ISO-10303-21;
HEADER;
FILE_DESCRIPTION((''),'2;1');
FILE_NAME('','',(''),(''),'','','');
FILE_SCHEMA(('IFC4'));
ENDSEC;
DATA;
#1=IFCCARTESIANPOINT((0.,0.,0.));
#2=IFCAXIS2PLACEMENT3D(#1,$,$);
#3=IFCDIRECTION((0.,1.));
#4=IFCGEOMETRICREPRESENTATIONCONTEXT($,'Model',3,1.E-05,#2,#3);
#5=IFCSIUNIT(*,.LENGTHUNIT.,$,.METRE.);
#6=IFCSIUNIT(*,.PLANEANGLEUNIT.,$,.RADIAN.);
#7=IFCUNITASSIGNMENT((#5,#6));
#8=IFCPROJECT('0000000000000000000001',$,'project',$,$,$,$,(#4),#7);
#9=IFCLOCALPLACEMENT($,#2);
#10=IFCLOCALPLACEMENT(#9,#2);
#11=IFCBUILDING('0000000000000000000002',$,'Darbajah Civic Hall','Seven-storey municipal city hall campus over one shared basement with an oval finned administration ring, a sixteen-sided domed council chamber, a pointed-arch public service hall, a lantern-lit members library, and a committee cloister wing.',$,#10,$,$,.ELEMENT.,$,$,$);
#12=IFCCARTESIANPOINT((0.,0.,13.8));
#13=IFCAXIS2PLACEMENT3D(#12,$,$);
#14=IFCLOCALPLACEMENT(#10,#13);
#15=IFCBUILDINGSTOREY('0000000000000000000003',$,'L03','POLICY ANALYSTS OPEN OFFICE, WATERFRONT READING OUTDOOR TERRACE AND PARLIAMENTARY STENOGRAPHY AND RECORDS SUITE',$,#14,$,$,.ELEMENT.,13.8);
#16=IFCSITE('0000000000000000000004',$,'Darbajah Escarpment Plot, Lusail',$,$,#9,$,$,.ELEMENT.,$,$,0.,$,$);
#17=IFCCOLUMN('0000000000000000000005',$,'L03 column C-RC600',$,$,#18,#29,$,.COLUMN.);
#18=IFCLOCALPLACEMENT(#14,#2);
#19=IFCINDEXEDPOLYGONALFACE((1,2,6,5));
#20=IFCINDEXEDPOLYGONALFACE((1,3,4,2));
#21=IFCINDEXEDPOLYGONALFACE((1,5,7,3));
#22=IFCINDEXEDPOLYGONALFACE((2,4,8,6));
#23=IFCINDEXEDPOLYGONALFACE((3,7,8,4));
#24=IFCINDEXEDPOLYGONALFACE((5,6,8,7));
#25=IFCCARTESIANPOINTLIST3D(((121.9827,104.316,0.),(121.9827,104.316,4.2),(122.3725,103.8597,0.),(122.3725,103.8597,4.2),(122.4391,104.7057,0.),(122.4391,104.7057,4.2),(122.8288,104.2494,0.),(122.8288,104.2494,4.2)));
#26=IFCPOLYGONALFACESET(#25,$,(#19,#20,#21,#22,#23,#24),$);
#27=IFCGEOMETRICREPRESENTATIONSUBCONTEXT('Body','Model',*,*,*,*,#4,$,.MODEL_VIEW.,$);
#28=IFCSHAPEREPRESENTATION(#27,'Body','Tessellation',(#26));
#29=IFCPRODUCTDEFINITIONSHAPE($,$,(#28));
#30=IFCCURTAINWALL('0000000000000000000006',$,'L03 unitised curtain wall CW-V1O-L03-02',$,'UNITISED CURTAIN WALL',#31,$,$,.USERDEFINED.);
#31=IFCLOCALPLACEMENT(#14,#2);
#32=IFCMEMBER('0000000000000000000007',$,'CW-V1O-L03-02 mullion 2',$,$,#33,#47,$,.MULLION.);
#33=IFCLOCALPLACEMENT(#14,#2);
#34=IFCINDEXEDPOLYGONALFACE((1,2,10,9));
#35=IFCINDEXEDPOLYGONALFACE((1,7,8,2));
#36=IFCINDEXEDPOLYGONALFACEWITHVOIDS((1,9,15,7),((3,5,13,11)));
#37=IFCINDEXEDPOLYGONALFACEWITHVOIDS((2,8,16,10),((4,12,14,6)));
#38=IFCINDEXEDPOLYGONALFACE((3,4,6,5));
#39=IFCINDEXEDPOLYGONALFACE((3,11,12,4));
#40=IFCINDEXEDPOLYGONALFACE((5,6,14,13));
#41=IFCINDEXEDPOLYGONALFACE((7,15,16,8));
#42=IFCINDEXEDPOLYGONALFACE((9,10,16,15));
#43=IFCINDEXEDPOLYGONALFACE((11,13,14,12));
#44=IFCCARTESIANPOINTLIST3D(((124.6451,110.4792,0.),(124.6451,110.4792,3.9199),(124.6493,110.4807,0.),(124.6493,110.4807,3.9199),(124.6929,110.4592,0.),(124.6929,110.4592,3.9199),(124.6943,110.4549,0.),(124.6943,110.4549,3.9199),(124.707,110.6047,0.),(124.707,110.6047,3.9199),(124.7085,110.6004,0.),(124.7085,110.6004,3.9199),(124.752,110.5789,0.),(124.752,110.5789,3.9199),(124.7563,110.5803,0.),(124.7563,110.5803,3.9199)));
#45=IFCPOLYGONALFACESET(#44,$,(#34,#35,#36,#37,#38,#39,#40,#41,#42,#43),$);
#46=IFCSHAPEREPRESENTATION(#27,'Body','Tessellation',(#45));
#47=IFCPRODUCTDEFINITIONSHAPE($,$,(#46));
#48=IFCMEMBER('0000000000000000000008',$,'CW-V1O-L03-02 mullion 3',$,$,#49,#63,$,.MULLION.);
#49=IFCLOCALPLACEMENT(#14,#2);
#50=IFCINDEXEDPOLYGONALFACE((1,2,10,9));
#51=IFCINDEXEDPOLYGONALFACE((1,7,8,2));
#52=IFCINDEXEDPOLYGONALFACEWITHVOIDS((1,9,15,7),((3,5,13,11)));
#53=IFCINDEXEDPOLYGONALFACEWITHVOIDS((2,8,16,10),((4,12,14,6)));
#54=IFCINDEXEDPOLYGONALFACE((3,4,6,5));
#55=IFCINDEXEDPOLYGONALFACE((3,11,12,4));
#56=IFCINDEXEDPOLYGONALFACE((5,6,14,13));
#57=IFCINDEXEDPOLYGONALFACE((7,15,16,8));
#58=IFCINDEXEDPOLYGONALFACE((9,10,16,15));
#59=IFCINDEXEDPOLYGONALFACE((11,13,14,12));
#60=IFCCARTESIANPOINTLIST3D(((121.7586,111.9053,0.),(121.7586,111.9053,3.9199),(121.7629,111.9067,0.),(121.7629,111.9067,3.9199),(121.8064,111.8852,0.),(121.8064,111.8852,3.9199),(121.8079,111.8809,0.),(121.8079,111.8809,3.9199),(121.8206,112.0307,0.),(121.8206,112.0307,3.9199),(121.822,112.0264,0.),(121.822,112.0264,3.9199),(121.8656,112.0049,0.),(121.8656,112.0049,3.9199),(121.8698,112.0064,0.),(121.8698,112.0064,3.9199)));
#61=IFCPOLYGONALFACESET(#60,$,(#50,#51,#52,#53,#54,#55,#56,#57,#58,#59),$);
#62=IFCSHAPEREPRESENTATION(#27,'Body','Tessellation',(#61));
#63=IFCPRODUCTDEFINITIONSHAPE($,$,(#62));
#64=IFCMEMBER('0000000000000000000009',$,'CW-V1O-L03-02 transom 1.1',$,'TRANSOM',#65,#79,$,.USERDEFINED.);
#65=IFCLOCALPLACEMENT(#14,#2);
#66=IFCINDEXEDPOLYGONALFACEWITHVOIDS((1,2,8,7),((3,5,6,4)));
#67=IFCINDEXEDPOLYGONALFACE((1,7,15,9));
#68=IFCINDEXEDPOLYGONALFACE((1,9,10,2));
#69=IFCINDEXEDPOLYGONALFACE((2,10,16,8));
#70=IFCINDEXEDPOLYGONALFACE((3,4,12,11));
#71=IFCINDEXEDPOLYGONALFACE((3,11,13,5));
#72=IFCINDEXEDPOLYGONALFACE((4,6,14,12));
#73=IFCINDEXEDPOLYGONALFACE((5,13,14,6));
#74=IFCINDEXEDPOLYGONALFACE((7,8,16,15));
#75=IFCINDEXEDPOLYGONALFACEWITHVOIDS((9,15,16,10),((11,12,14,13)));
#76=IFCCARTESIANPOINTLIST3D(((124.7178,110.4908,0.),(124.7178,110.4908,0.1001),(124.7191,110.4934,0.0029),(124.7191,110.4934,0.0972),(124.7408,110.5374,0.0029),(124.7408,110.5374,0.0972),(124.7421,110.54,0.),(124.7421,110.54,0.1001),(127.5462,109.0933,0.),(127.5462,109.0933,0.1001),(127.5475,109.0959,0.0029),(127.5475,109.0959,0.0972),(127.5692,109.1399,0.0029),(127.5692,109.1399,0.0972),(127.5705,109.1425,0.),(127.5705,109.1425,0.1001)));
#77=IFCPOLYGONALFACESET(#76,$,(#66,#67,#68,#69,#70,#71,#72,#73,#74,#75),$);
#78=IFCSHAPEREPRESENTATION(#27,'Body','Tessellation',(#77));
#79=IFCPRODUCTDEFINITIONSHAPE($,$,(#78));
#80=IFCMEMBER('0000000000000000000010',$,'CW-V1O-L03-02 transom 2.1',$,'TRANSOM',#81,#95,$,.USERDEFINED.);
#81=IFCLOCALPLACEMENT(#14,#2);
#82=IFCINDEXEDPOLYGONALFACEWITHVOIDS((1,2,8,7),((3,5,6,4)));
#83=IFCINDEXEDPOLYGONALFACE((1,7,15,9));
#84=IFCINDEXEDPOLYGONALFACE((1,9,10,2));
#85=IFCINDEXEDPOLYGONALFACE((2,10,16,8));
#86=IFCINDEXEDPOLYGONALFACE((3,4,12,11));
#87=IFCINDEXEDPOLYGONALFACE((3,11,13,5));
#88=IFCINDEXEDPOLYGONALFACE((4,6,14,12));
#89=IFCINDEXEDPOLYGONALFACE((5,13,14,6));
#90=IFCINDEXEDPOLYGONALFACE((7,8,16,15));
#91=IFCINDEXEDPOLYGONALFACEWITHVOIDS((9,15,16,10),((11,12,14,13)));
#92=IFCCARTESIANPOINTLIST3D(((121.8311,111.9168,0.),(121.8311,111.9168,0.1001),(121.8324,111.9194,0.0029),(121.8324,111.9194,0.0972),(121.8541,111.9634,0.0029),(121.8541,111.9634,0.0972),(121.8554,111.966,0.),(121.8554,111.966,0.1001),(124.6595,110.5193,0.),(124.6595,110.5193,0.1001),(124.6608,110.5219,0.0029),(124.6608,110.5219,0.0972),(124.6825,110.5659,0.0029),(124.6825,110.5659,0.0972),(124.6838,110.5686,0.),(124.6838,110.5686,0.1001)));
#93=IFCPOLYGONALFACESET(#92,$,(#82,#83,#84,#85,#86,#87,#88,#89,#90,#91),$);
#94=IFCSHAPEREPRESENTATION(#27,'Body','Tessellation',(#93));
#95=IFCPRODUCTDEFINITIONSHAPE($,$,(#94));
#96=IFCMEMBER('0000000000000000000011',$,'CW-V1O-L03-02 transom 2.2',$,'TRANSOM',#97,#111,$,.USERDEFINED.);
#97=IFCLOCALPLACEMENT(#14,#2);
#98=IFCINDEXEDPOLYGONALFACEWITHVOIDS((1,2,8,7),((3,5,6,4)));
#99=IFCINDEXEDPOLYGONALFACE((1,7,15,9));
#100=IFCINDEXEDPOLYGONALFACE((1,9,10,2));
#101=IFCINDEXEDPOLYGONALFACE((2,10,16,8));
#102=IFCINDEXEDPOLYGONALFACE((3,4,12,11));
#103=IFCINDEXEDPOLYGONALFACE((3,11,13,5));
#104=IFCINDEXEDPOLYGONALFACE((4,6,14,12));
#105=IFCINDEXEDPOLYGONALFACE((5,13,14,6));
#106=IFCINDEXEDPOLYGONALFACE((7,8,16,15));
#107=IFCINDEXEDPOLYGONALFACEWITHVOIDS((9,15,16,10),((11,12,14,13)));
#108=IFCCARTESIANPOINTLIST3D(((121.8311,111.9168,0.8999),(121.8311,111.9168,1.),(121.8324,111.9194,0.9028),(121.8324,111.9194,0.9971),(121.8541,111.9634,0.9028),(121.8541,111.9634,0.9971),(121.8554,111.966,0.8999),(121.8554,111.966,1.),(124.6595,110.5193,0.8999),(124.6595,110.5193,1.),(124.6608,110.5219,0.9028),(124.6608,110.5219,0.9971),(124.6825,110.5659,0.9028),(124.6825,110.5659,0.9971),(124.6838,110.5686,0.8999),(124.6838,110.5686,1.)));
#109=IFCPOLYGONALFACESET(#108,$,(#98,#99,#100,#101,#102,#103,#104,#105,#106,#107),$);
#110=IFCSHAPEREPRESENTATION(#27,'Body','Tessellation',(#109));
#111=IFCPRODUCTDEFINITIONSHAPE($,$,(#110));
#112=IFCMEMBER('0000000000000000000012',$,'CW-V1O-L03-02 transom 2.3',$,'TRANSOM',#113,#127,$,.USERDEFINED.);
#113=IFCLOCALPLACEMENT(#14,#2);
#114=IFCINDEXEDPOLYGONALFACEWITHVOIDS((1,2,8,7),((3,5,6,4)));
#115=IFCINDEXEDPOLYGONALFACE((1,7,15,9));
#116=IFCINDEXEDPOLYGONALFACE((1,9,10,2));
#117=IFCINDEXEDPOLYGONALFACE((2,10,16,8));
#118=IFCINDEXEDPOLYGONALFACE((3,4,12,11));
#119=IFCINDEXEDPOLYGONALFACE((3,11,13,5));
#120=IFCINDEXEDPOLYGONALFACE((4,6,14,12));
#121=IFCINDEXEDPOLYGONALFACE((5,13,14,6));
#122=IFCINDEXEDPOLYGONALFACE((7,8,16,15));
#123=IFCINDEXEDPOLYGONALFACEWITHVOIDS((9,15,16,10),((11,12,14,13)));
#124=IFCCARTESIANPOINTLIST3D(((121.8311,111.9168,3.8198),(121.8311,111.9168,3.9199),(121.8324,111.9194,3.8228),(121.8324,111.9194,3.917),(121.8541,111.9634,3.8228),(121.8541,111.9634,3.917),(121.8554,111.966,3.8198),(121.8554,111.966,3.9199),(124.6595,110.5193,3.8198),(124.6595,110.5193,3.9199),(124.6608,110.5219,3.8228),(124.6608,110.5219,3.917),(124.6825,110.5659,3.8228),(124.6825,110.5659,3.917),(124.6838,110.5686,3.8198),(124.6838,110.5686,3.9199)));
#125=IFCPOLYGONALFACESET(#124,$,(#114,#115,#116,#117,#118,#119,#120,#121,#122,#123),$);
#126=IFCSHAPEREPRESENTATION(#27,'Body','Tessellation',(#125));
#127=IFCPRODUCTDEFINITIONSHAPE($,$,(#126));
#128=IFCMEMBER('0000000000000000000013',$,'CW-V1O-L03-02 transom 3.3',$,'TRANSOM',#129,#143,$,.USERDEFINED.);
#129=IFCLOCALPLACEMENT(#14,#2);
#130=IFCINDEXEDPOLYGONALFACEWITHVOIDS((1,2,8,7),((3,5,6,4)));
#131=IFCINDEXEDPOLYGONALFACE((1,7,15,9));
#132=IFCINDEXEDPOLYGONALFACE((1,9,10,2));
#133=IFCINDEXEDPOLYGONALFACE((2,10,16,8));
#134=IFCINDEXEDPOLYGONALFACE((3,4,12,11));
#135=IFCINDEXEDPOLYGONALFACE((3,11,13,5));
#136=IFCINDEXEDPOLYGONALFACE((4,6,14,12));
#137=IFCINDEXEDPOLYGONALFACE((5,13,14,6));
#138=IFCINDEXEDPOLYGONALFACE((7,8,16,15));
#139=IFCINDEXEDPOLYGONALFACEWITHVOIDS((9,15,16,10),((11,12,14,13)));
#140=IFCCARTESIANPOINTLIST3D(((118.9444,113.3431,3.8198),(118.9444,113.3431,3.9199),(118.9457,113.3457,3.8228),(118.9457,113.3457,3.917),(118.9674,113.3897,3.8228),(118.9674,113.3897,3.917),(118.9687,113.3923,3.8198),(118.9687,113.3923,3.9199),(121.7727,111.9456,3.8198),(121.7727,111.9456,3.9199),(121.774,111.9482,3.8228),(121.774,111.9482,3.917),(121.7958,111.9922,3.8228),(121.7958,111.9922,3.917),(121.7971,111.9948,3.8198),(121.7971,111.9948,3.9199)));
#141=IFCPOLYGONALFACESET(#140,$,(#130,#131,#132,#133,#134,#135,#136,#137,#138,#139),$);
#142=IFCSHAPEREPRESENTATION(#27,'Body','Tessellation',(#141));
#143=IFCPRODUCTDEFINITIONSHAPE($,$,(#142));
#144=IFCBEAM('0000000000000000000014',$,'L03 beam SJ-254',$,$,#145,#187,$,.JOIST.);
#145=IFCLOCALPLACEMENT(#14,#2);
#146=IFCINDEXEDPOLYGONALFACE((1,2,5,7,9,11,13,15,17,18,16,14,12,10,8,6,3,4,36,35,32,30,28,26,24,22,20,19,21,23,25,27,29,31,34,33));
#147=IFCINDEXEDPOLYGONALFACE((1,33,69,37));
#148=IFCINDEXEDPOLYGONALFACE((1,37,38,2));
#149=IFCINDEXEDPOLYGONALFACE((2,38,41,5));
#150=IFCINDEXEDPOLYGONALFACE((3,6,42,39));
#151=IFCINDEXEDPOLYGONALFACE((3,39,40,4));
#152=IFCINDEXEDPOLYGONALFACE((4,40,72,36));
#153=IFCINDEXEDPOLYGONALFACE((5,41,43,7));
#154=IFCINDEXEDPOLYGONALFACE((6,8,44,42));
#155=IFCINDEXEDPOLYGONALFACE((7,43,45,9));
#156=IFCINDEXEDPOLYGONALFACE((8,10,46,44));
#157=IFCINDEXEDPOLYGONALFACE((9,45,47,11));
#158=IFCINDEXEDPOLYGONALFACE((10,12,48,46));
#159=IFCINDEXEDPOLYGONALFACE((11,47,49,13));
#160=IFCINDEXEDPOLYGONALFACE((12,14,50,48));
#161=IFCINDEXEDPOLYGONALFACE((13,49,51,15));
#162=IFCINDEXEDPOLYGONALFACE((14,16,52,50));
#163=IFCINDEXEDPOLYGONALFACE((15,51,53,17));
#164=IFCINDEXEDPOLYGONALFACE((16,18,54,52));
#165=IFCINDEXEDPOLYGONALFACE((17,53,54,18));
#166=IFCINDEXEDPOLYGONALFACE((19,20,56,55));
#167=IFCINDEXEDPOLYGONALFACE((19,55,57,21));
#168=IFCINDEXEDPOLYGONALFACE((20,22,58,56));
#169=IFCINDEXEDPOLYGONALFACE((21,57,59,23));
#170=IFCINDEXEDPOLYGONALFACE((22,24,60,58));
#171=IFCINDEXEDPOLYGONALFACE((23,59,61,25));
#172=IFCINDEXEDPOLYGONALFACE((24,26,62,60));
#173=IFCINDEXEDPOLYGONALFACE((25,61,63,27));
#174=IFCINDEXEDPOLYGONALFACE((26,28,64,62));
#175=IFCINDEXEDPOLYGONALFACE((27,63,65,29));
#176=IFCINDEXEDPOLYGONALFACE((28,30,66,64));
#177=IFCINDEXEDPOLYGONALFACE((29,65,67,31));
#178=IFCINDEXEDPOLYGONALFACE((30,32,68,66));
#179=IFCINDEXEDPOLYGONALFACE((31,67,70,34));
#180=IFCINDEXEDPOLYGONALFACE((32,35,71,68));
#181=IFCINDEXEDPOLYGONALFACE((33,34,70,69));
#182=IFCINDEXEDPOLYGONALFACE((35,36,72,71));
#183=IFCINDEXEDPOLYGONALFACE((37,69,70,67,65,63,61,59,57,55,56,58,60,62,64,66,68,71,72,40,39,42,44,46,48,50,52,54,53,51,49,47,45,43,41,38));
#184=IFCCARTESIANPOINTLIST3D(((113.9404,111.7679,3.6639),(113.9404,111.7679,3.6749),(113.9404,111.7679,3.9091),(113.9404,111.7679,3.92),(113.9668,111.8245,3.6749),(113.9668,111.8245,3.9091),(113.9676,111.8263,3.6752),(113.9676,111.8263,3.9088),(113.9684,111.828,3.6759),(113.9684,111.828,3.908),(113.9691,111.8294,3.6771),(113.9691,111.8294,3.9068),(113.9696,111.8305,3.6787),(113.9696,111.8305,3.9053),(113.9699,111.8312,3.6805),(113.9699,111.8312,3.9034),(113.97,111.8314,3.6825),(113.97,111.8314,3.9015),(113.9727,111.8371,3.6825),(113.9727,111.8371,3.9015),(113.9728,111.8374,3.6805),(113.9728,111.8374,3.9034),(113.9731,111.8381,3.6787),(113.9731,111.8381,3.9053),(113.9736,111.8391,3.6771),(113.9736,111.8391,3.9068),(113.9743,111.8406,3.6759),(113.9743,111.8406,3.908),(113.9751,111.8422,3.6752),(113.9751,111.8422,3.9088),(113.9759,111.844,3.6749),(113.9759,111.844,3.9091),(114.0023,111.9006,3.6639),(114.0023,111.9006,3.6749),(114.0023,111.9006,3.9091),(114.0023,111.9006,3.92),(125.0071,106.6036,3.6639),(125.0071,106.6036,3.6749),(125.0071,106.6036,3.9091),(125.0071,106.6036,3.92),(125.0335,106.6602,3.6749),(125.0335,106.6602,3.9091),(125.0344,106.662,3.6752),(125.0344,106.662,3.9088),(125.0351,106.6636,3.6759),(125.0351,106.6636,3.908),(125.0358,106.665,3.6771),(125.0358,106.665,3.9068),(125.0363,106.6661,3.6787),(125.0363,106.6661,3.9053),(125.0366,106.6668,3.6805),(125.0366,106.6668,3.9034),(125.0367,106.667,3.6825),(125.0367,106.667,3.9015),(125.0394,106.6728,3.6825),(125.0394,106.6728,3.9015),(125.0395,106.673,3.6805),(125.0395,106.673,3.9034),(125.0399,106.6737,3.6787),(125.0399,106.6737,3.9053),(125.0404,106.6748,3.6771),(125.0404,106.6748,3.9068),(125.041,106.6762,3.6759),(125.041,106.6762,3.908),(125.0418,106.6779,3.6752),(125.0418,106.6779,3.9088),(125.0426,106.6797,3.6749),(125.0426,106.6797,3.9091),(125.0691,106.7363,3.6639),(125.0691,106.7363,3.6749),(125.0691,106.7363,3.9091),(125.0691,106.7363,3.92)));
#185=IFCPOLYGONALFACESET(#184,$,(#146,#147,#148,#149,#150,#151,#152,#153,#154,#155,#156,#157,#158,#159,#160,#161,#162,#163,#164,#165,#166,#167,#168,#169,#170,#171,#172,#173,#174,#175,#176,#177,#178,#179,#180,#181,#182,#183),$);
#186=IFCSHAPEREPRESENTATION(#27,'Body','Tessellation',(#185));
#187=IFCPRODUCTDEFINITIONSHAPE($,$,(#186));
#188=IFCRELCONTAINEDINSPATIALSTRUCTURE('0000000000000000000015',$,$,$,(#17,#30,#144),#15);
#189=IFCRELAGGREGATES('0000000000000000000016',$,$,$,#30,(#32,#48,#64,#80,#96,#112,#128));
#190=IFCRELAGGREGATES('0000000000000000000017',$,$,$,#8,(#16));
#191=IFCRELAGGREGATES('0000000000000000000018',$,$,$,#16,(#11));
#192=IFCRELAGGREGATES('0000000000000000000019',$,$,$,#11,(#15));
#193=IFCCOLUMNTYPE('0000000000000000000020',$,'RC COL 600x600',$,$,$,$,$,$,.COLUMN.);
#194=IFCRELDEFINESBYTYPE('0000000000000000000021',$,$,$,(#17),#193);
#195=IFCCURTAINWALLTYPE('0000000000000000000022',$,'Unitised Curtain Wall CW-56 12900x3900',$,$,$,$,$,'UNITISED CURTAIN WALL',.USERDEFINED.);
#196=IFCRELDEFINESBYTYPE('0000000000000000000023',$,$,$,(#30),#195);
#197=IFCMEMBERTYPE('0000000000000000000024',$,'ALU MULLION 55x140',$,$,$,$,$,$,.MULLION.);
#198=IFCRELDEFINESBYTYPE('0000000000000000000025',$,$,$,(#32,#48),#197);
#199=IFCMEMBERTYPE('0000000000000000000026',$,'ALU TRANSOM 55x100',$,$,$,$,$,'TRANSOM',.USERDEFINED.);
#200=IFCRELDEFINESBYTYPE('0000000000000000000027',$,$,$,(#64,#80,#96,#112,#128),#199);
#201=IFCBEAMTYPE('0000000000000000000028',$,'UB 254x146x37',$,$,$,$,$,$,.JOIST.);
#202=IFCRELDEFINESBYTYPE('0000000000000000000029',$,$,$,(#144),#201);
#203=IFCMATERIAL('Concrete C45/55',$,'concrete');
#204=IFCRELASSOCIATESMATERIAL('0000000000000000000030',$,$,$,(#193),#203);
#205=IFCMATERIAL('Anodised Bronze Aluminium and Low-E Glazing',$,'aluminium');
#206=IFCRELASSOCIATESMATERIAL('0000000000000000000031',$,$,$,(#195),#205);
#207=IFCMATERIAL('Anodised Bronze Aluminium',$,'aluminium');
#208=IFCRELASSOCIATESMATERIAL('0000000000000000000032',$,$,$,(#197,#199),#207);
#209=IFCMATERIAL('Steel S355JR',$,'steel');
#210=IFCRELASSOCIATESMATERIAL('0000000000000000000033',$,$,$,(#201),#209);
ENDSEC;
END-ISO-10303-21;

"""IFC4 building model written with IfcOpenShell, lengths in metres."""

from ifc_helpers import new_model, si_unit, direction, frame, origin, origin_2d, place, context, subcontext, project, spatial, rectangle, hollow_rectangle, i_section, extrude, material, material_profile, profile_set, type_object, element, aggregate, save


model = new_model("IFC4")

# Units and contexts
model_context = context("Model", 3, precision=1e-05, world=origin(), true_north=direction((0.0, 1.0)))
body_context = subcontext(model_context, "Body", "Model", "MODEL_VIEW")
ifc_project = project(units=[si_unit("LENGTHUNIT", "METRE"), si_unit("PLANEANGLEUNIT", "RADIAN")], contexts=[model_context])

# Site, building, storey
site_placement = place(None, origin())
site = spatial("IfcSite", under=ifc_project, at=site_placement, Name="Darbajah Escarpment Plot, Lusail", CompositionType="ELEMENT", RefElevation=0.0)
building_placement = place(site_placement, origin())
building = spatial("IfcBuilding", under=site, at=building_placement, Name="Darbajah Civic Hall", Description="Seven-storey municipal city hall campus over one shared basement with an oval finned administration ring, a sixteen-sided domed council chamber, a pointed-arch public service hall, a lantern-lit members library, and a committee cloister wing.", CompositionType="ELEMENT")
storey_placement = place(building_placement, frame((0.0, 0.0, 13.8)))
storey = spatial("IfcBuildingStorey", under=building, at=storey_placement, Name="L03", Description="POLICY ANALYSTS OPEN OFFICE, WATERFRONT READING OUTDOOR TERRACE AND PARLIAMENTARY STENOGRAPHY AND RECORDS SUITE", CompositionType="ELEMENT", Elevation=13.8)

# Column
ifc_material_1 = material(Name="Concrete C45/55", Category="concrete")
ifc_material_profile_1 = material_profile(ifc_material_1, rectangle(XDim=0.6001, YDim=0.6001, at=origin_2d()), Name="RC COL 600x600")
ifc_profile_set_1 = profile_set([ifc_material_profile_1], Name="Concrete C45/55")
column_type = type_object("IfcColumnType", Name="RC COL 600x600", PredefinedType="COLUMN", material=ifc_profile_set_1)
column_placement = place(storey_placement, frame((122.4058, 104.2827, 0.0), z_axis=(0.0, 0.0, 1.0), x_axis=(0.760406, 0.649448, 0.0)))
element("IfcColumn", 1, at=column_placement, inside=storey, type_object=column_type, Name="L03 column C-RC600", PredefinedType="COLUMN", context=body_context, shape_type="SweptSolid", body=[
    extrude(rectangle(XDim=0.6001, YDim=0.6001, at=origin_2d()), origin(), (0.0, 0.0, 1.0), 4.2),
])

# Curtain wall, members
ifc_material_2 = material(Name="Anodised Bronze Aluminium and Low-E Glazing", Category="aluminium")
curtain_wall_type = type_object("IfcCurtainWallType", Name="Unitised Curtain Wall CW-56 12900x3900", ElementType="UNITISED CURTAIN WALL", PredefinedType="USERDEFINED", material=ifc_material_2)
curtain_wall_placement = place(storey_placement, origin())
curtain_wall = element("IfcCurtainWall", 2, at=curtain_wall_placement, inside=storey, type_object=curtain_wall_type, Name="L03 unitised curtain wall CW-V1O-L03-02", ObjectType="UNITISED CURTAIN WALL", PredefinedType="USERDEFINED")
ifc_material_3 = material(Name="Anodised Bronze Aluminium", Category="aluminium")
ifc_material_profile_2 = material_profile(ifc_material_3, hollow_rectangle(XDim=0.0549, YDim=0.1399, WallThickness=0.0032, at=origin_2d()), Name="ALU MULLION 55x140")
ifc_profile_set_2 = profile_set([ifc_material_profile_2], Name="Anodised Bronze Aluminium")
member_type_1 = type_object("IfcMemberType", Name="ALU MULLION 55x140", PredefinedType="MULLION", material=ifc_profile_set_2)
member_1_placement = place(storey_placement, frame((124.7007, 110.5298, 0.0), z_axis=(0.0, 0.0, 1.0), x_axis=(-0.896564, 0.442915, 0.0)))
member_1 = element("IfcMember", 3, at=member_1_placement, type_object=member_type_1, Name="CW-V1O-L03-02 mullion 2", PredefinedType="MULLION", context=body_context, shape_type="SweptSolid", body=[
    extrude(hollow_rectangle(XDim=0.0549, YDim=0.1399, WallThickness=0.0032, at=origin_2d()), origin(), (0.0, 0.0, 1.0), 3.9199),
])
member_2_placement = place(storey_placement, frame((121.8142, 111.9558, 0.0), z_axis=(0.0, 0.0, 1.0), x_axis=(-0.896564, 0.442915, 0.0)))
member_2 = element("IfcMember", 4, at=member_2_placement, type_object=member_type_1, Name="CW-V1O-L03-02 mullion 3", PredefinedType="MULLION", context=body_context, shape_type="SweptSolid", body=[
    extrude(hollow_rectangle(XDim=0.0549, YDim=0.1399, WallThickness=0.0032, at=origin_2d()), origin(), (0.0, 0.0, 1.0), 3.9199),
])
ifc_material_profile_3 = material_profile(ifc_material_3, hollow_rectangle(XDim=0.0549, YDim=0.1001, WallThickness=0.0029, at=origin_2d()), Name="ALU TRANSOM 55x100")
ifc_profile_set_3 = profile_set([ifc_material_profile_3], Name="Anodised Bronze Aluminium")
member_type_2 = type_object("IfcMemberType", Name="ALU TRANSOM 55x100", ElementType="TRANSOM", PredefinedType="USERDEFINED", material=ifc_profile_set_3)
member_3_placement = place(storey_placement, frame((127.5583, 109.1179, 0.05), z_axis=(-0.896538, 0.442968, 0.0), x_axis=(-0.442968, -0.896538, 0.0)))
member_3 = element("IfcMember", 5, at=member_3_placement, type_object=member_type_2, Name="CW-V1O-L03-02 transom 1.1", ObjectType="TRANSOM", PredefinedType="USERDEFINED", context=body_context, shape_type="SweptSolid", body=[
    extrude(hollow_rectangle(XDim=0.0549, YDim=0.1001, WallThickness=0.0029, at=origin_2d()), origin(), (0.0, 0.0, 1.0), 3.1548),
])
member_4_placement = place(storey_placement, frame((124.6716, 110.5439, 0.05), z_axis=(-0.896538, 0.442968, 0.0), x_axis=(-0.442968, -0.896538, 0.0)))
member_4 = element("IfcMember", 6, at=member_4_placement, type_object=member_type_2, Name="CW-V1O-L03-02 transom 2.1", ObjectType="TRANSOM", PredefinedType="USERDEFINED", context=body_context, shape_type="SweptSolid", body=[
    extrude(hollow_rectangle(XDim=0.0549, YDim=0.1001, WallThickness=0.0029, at=origin_2d()), origin(), (0.0, 0.0, 1.0), 3.1548),
])
member_5_placement = place(storey_placement, frame((124.6716, 110.5439, 0.95), z_axis=(-0.896538, 0.442968, 0.0), x_axis=(-0.442968, -0.896538, 0.0)))
member_5 = element("IfcMember", 7, at=member_5_placement, type_object=member_type_2, Name="CW-V1O-L03-02 transom 2.2", ObjectType="TRANSOM", PredefinedType="USERDEFINED", context=body_context, shape_type="SweptSolid", body=[
    extrude(hollow_rectangle(XDim=0.0549, YDim=0.1001, WallThickness=0.0029, at=origin_2d()), origin(), (0.0, 0.0, 1.0), 3.1548),
])
member_6_placement = place(storey_placement, frame((124.6716, 110.5439, 3.8699), z_axis=(-0.896538, 0.442968, 0.0), x_axis=(-0.442968, -0.896538, 0.0)))
member_6 = element("IfcMember", 8, at=member_6_placement, type_object=member_type_2, Name="CW-V1O-L03-02 transom 2.3", ObjectType="TRANSOM", PredefinedType="USERDEFINED", context=body_context, shape_type="SweptSolid", body=[
    extrude(hollow_rectangle(XDim=0.0549, YDim=0.1001, WallThickness=0.0029, at=origin_2d()), origin(), (0.0, 0.0, 1.0), 3.1548),
])
member_7_placement = place(storey_placement, frame((121.7849, 111.9702, 3.8699), z_axis=(-0.896538, 0.442968, 0.0), x_axis=(-0.442968, -0.896538, 0.0)))
member_7 = element("IfcMember", 9, at=member_7_placement, type_object=member_type_2, Name="CW-V1O-L03-02 transom 3.3", ObjectType="TRANSOM", PredefinedType="USERDEFINED", context=body_context, shape_type="SweptSolid", body=[
    extrude(hollow_rectangle(XDim=0.0549, YDim=0.1001, WallThickness=0.0029, at=origin_2d()), origin(), (0.0, 0.0, 1.0), 3.1548),
])

# Beam
ifc_material_4 = material(Name="Steel S355JR", Category="steel")
ifc_material_profile_4 = material_profile(ifc_material_4, i_section(OverallWidth=0.1465, OverallDepth=0.2561, WebThickness=0.0063, FlangeThickness=0.011, FilletRadius=0.0076, at=origin_2d()), Name="UB 254x146x37")
ifc_profile_set_4 = profile_set([ifc_material_profile_4], Name="Steel S355JR")
beam_type_1 = type_object("IfcBeamType", Name="UB 254x146x37", PredefinedType="JOIST", material=ifc_profile_set_4)
beam_1_placement = place(storey_placement, frame((125.0381, 106.6699, 3.792), z_axis=(-0.906187, 0.422877, 0.0), x_axis=(-0.422877, -0.906187, 0.0)))
element("IfcBeam", 10, at=beam_1_placement, inside=storey, type_object=beam_type_1, Name="L03 beam SJ-254", PredefinedType="JOIST", context=body_context, shape_type="SweptSolid", body=[
    extrude(i_section(OverallWidth=0.1465, OverallDepth=0.2561, WebThickness=0.0063, FlangeThickness=0.011, FilletRadius=0.0076, at=origin_2d()), origin(), (0.0, 0.0, 1.0), 12.2124),
])

aggregate(curtain_wall, [member_1, member_2, member_3, member_4, member_5, member_6, member_7])

save(model, "model.ifc")
